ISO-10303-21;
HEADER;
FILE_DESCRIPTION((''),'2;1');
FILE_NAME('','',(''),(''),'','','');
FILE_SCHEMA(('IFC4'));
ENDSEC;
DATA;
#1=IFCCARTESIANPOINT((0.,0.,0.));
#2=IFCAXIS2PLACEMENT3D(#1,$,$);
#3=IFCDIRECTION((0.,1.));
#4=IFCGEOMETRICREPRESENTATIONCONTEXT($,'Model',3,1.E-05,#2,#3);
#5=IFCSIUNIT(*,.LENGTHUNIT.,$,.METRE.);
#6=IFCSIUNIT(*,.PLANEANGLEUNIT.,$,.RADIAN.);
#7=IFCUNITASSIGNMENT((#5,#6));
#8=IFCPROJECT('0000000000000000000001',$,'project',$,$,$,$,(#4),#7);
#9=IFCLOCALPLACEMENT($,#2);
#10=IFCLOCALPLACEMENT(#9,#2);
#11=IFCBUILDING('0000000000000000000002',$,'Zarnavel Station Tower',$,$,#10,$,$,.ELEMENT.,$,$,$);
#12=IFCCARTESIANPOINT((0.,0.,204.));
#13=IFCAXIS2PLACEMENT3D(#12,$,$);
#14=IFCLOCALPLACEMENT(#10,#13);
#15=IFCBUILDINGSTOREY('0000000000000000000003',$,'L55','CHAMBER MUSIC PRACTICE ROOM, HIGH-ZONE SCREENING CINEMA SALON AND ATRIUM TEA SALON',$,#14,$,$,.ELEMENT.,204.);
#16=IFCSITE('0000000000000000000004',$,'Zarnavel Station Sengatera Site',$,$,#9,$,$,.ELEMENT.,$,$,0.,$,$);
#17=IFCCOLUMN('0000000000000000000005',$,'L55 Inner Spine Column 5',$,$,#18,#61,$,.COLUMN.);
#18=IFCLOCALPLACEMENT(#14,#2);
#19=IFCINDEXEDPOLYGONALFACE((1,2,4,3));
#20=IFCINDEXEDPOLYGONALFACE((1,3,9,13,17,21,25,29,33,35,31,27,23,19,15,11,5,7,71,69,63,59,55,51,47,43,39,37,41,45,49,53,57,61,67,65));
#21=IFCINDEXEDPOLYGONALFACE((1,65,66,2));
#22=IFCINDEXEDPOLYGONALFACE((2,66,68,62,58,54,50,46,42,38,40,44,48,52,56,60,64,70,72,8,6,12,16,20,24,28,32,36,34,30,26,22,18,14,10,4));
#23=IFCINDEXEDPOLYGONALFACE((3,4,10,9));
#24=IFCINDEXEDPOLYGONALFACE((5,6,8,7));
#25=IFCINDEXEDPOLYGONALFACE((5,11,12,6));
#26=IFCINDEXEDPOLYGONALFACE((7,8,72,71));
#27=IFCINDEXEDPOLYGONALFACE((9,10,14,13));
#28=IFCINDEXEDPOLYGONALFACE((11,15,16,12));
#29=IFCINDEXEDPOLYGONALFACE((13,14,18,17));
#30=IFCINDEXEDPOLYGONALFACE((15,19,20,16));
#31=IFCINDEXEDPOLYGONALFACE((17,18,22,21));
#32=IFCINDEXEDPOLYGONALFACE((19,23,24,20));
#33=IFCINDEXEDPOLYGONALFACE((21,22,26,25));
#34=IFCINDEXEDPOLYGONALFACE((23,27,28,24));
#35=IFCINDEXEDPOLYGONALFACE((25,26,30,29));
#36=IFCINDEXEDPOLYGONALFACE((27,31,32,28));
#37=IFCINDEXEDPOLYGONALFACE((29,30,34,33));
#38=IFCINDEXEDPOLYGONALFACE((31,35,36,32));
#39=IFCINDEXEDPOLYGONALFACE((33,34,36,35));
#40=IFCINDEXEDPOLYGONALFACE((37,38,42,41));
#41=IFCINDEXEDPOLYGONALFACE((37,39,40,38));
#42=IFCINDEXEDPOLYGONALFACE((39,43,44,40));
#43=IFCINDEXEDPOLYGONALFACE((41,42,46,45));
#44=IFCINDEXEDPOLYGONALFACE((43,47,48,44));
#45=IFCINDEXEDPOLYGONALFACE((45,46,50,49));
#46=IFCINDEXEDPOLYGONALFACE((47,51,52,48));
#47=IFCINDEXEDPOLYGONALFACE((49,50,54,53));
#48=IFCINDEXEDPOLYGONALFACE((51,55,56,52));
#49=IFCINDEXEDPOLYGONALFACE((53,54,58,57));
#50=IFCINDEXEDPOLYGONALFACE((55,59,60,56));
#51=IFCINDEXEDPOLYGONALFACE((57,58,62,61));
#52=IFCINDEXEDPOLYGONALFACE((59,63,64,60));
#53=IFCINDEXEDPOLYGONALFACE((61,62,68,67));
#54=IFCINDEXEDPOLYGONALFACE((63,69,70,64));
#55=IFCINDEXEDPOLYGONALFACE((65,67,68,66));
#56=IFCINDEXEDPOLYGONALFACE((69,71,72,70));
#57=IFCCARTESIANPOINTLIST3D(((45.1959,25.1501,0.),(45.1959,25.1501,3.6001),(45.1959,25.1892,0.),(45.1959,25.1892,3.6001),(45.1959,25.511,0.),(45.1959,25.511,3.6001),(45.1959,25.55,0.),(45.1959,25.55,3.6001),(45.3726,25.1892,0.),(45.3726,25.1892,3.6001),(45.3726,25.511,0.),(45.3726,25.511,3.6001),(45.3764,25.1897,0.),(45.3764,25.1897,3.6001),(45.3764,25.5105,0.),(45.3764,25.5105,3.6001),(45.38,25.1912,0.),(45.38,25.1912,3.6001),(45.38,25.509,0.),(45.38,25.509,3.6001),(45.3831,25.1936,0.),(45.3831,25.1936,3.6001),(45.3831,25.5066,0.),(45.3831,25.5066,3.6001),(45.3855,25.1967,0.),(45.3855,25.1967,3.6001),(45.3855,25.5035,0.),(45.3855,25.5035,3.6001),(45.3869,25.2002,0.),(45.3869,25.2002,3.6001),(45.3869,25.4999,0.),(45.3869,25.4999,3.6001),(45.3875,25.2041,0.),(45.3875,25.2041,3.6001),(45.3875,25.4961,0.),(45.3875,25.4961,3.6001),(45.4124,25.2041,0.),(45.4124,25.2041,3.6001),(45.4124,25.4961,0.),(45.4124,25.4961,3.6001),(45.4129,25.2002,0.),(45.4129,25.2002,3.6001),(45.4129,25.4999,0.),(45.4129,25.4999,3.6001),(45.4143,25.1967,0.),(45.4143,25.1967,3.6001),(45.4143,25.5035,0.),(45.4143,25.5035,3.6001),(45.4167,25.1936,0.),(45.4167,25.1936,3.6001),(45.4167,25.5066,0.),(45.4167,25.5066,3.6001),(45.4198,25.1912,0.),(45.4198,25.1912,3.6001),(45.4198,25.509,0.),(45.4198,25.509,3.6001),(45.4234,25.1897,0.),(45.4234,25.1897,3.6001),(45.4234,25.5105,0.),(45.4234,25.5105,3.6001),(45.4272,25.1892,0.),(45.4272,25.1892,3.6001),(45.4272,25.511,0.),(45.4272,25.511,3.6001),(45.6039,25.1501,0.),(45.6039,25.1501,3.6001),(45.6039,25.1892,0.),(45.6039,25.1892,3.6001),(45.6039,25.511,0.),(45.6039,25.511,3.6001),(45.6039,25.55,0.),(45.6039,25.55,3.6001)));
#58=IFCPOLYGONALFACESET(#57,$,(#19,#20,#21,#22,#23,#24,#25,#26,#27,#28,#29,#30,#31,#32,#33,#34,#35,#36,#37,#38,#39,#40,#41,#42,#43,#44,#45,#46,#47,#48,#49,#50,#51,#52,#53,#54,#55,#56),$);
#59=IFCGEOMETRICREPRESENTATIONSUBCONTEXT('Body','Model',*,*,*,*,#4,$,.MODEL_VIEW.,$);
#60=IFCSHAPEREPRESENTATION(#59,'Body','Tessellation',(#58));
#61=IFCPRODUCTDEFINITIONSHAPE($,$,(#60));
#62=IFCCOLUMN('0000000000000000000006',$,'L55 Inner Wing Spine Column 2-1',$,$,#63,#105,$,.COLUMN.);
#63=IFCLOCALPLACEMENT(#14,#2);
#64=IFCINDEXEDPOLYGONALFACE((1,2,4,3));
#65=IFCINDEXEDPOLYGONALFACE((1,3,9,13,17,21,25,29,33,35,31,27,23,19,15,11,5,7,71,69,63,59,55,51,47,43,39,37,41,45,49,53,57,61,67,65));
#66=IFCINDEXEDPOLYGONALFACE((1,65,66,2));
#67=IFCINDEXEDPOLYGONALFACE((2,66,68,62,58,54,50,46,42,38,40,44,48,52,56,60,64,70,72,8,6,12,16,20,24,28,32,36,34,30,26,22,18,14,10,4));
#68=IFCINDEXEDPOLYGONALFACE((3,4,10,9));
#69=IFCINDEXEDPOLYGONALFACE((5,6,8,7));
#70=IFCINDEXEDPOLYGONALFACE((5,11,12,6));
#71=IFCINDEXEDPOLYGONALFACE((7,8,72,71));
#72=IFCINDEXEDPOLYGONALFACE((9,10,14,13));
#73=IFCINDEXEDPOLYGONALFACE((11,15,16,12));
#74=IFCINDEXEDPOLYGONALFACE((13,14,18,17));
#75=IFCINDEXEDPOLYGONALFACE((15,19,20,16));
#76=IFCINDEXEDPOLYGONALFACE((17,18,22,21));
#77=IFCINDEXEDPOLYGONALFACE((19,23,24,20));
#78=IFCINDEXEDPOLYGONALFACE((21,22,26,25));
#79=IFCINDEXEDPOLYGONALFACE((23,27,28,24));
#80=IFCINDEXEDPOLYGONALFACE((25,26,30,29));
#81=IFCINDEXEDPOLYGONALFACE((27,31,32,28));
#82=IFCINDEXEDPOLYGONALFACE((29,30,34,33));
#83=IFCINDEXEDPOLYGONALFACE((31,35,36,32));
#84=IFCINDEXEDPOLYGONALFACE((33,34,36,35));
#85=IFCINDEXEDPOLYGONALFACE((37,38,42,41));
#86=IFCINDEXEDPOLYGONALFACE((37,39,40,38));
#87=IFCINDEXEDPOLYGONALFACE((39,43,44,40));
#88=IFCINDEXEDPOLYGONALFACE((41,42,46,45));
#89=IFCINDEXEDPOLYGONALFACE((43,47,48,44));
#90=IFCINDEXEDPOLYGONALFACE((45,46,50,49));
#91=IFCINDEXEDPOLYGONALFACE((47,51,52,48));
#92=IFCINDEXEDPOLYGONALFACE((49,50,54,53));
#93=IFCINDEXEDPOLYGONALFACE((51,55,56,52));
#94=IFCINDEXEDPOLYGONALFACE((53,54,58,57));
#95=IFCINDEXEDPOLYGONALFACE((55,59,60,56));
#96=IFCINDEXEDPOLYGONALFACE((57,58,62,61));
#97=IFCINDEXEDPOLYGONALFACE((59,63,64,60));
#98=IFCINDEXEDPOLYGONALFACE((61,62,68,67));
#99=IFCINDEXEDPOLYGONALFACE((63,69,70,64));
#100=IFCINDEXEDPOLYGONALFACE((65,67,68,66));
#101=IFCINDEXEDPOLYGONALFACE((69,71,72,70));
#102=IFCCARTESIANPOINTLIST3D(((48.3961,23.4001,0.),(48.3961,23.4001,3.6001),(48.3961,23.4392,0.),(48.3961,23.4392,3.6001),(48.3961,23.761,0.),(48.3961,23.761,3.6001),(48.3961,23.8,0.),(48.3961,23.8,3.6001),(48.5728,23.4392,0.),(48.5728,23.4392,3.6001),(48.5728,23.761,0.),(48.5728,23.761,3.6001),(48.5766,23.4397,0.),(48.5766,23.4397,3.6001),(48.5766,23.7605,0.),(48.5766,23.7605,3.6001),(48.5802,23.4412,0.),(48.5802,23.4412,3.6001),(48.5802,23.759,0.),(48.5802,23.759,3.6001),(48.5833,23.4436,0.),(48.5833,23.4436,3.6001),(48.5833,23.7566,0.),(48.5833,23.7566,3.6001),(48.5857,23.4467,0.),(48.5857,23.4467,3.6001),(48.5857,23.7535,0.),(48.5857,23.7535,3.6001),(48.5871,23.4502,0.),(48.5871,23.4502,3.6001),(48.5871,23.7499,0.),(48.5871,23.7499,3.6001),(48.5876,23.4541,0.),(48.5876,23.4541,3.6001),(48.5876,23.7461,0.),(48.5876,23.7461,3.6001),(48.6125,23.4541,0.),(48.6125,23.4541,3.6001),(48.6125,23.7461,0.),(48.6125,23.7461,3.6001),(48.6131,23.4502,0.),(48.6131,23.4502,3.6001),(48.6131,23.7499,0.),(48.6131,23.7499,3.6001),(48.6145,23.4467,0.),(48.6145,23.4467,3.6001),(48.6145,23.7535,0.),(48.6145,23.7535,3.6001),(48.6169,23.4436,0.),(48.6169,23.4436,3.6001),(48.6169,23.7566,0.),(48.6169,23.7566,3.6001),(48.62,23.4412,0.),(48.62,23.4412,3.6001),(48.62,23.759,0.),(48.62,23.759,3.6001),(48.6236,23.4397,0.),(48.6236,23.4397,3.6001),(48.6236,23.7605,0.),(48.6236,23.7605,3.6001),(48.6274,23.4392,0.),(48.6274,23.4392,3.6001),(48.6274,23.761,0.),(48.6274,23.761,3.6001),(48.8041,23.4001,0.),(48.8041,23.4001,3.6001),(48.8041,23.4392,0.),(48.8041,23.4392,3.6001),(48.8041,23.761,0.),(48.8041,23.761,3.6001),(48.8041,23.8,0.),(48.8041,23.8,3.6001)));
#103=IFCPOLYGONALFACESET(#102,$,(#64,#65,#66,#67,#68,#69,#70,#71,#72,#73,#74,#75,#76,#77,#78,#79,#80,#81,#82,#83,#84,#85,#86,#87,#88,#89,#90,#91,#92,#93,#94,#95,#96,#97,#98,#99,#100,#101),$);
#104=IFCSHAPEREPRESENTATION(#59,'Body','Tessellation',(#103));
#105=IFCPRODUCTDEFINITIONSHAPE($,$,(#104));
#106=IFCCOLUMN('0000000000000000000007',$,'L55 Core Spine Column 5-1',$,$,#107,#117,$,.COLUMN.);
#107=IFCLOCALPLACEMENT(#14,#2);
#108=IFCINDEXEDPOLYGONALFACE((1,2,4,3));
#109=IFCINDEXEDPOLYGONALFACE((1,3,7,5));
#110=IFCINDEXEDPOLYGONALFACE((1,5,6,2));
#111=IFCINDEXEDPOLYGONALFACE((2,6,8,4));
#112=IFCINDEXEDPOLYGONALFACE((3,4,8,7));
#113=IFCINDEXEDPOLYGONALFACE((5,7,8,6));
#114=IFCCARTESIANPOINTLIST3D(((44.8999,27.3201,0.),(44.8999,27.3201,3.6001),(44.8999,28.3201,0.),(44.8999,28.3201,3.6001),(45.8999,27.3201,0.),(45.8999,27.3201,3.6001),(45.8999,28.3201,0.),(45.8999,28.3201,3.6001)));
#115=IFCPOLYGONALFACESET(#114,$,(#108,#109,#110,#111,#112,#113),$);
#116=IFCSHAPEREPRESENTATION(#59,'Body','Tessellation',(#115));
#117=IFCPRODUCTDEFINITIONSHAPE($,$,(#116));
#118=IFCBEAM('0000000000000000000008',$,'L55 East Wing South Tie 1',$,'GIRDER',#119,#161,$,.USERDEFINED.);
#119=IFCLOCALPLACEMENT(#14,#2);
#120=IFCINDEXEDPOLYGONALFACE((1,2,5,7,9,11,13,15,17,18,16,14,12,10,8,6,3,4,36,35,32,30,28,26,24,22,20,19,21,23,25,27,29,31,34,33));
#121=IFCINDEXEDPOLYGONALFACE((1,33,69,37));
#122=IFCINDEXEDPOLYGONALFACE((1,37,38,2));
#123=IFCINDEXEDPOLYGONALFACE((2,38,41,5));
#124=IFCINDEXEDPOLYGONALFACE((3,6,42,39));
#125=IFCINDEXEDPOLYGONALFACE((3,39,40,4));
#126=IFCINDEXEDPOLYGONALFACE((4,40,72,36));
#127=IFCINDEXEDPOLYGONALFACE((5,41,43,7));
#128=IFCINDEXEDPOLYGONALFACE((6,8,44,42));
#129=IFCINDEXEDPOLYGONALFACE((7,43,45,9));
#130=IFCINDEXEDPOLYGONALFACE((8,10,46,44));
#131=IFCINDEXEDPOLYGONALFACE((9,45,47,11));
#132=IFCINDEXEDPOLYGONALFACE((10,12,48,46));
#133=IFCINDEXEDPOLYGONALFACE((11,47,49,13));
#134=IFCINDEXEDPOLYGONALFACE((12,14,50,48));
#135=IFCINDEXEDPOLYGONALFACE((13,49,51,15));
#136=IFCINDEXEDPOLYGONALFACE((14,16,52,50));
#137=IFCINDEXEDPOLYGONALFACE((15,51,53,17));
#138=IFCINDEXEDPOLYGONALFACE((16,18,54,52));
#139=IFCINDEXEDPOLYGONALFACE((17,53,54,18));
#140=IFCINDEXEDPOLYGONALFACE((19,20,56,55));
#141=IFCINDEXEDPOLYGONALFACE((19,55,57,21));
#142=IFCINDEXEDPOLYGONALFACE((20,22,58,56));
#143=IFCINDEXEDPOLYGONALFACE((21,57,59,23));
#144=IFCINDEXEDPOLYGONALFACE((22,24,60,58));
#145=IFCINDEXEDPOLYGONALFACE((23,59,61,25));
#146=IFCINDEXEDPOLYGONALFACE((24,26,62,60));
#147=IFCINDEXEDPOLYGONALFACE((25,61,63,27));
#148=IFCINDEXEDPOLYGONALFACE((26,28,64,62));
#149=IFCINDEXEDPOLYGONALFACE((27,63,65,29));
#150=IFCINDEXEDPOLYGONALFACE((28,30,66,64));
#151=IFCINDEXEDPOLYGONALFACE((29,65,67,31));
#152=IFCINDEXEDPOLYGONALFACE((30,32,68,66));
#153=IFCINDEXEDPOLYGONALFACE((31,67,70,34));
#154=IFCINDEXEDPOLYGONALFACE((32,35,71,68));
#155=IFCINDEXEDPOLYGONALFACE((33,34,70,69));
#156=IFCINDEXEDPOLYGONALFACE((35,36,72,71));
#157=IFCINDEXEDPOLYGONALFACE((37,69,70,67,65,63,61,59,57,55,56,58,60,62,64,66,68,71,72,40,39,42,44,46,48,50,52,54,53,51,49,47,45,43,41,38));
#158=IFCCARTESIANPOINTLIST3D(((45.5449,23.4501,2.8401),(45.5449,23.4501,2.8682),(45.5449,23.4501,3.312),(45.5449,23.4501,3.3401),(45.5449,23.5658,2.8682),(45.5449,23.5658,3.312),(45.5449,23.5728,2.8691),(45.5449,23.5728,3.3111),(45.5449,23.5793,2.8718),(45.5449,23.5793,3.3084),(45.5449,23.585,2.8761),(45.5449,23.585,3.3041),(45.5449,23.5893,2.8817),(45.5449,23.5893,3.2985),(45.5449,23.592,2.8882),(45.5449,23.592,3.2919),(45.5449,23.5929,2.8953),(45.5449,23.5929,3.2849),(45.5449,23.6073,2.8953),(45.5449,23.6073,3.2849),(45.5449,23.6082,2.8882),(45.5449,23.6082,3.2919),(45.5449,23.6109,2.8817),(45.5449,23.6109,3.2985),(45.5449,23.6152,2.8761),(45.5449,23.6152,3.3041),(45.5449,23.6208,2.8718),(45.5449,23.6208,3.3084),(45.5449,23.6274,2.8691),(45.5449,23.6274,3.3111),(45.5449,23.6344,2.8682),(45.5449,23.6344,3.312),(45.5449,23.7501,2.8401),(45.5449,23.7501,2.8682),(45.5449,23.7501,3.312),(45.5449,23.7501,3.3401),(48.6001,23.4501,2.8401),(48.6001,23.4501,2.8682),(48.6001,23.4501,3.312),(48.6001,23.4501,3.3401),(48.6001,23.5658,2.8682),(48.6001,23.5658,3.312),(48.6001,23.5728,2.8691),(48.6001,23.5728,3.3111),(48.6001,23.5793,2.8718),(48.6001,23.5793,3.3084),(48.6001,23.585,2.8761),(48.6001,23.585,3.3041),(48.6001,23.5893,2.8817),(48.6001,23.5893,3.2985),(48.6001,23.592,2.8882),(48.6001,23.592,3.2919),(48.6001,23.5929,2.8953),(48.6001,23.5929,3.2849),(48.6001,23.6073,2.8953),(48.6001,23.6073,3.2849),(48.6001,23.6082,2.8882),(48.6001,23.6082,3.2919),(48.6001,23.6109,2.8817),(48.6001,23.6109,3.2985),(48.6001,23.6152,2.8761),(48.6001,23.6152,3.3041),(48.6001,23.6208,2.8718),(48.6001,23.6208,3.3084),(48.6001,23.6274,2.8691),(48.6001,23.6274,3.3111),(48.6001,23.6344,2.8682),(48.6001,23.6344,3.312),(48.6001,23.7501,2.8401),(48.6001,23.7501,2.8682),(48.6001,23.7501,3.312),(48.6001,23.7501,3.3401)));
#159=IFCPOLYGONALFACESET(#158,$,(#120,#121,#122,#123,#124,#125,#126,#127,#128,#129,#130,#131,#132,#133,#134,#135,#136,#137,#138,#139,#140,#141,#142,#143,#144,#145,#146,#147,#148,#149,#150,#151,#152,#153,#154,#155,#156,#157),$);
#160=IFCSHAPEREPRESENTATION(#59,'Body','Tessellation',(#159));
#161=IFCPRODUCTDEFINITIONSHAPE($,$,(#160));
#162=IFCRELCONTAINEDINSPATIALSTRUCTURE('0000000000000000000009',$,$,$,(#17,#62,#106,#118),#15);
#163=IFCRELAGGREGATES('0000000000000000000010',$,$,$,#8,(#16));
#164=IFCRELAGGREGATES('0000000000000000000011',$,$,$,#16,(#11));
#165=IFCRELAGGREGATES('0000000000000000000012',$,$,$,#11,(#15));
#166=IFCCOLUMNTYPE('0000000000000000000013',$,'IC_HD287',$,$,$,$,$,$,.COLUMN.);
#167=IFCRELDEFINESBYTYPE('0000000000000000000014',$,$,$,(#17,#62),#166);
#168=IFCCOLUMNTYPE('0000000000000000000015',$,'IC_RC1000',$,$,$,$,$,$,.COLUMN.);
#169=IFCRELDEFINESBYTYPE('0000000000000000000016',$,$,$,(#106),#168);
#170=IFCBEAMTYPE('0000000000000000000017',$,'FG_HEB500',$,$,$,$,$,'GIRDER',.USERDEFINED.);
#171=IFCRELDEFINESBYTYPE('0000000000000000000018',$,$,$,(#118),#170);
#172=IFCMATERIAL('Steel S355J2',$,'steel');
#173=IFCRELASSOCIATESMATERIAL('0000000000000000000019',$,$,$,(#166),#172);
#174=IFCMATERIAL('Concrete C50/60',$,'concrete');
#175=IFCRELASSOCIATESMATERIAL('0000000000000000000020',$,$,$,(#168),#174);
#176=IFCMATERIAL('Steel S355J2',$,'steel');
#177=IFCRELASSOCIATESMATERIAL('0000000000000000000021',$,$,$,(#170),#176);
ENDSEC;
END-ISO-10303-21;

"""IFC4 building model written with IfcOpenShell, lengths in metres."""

from ifc_helpers import new_model, si_unit, direction, frame, origin, origin_2d, place, context, subcontext, project, spatial, rectangle, i_section, extrude, material, material_profile, profile_set, type_object, element, save


model = new_model("IFC4")

# Units and contexts
model_context = context("Model", 3, precision=1e-05, world=origin(), true_north=direction((0.0, 1.0)))
body_context = subcontext(model_context, "Body", "Model", "MODEL_VIEW")
ifc_project = project(units=[si_unit("LENGTHUNIT", "METRE"), si_unit("PLANEANGLEUNIT", "RADIAN")], contexts=[model_context])

# Site, building, storey
site_placement = place(None, origin())
site = spatial("IfcSite", under=ifc_project, at=site_placement, Name="Zarnavel Station Sengatera Site", CompositionType="ELEMENT", RefElevation=0.0)
building_placement = place(site_placement, origin())
building = spatial("IfcBuilding", under=site, at=building_placement, Name="Zarnavel Station Tower", CompositionType="ELEMENT")
storey_placement = place(building_placement, frame((0.0, 0.0, 204.0)))
storey = spatial("IfcBuildingStorey", under=building, at=storey_placement, Name="L55", Description="CHAMBER MUSIC PRACTICE ROOM, HIGH-ZONE SCREENING CINEMA SALON AND ATRIUM TEA SALON", CompositionType="ELEMENT", Elevation=204.0)

# Columns
ifc_material_1 = material(Name="Steel S355J2", Category="steel")
ifc_material_profile_1 = material_profile(ifc_material_1, i_section(OverallWidth=0.408, OverallDepth=0.3999, WebThickness=0.0249, FlangeThickness=0.0391, FilletRadius=0.0149, at=origin_2d()), Name="HD400x287")
ifc_profile_set_1 = profile_set([ifc_material_profile_1], Name="Steel S355J2")
column_type_1 = type_object("IfcColumnType", Name="IC_HD287", PredefinedType="COLUMN", material=ifc_profile_set_1)
for number, where, z_axis, x_axis, name in (
    (1, (45.3999, 25.3501, 0.0), (0.0, 0.0, 1.0), (1.0, 0.0, 0.0), "L55 Inner Spine Column 5"),
    (2, (48.6001, 23.6001, 0.0), (0.0, 0.0, 1.0), (1.0, 0.0, 0.0), "L55 Inner Wing Spine Column 2-1"),
):
    element("IfcColumn", number, at=place(storey_placement, frame(where, z_axis=z_axis, x_axis=x_axis)), inside=storey, type_object=column_type_1, Name=name, PredefinedType="COLUMN", context=body_context, shape_type="SweptSolid", body=[
        extrude(i_section(OverallWidth=0.408, OverallDepth=0.3999, WebThickness=0.0249, FlangeThickness=0.0391, FilletRadius=0.0149, at=origin_2d()), origin(), (0.0, 0.0, 1.0), 3.6001),
    ])
ifc_material_2 = material(Name="Concrete C50/60", Category="concrete")
ifc_material_profile_2 = material_profile(ifc_material_2, rectangle(XDim=1.0, YDim=1.0, at=origin_2d()), Name="RC1000x1000")
ifc_profile_set_2 = profile_set([ifc_material_profile_2], Name="Concrete C50/60")
column_type_2 = type_object("IfcColumnType", Name="IC_RC1000", PredefinedType="COLUMN", material=ifc_profile_set_2)
column_placement = place(storey_placement, frame((45.3999, 27.8201, 0.0), z_axis=(0.0, 0.0, 1.0), x_axis=(1.0, 0.0, 0.0)))
element("IfcColumn", 3, at=column_placement, inside=storey, type_object=column_type_2, Name="L55 Core Spine Column 5-1", PredefinedType="COLUMN", context=body_context, shape_type="SweptSolid", body=[
    extrude(rectangle(XDim=1.0, YDim=1.0, at=origin_2d()), origin(), (0.0, 0.0, 1.0), 3.6001),
])

# Beam
ifc_material_3 = material(Name="Steel S355J2", Category="steel")
ifc_material_profile_3 = material_profile(ifc_material_3, i_section(OverallWidth=0.3, OverallDepth=0.5, WebThickness=0.0144, FlangeThickness=0.0281, FilletRadius=0.0271, at=origin_2d()), Name="HEB500")
ifc_profile_set_3 = profile_set([ifc_material_profile_3], Name="Steel S355J2")
beam_type_1 = type_object("IfcBeamType", Name="FG_HEB500", ElementType="GIRDER", PredefinedType="USERDEFINED", material=ifc_profile_set_3)
beam_1_placement = place(storey_placement, frame((45.5449, 23.6001, 3.0901), z_axis=(1.0, 0.0, 0.0), x_axis=(0.0, 1.0, 0.0)))
element("IfcBeam", 4, at=beam_1_placement, inside=storey, type_object=beam_type_1, Name="L55 East Wing South Tie 1", ObjectType="GIRDER", PredefinedType="USERDEFINED", context=body_context, shape_type="SweptSolid", body=[
    extrude(i_section(OverallWidth=0.3, OverallDepth=0.5, WebThickness=0.0144, FlangeThickness=0.0281, FilletRadius=0.0271, at=origin_2d()), origin(), (0.0, 0.0, 1.0), 3.0552),
])

save(model, "model.ifc")
